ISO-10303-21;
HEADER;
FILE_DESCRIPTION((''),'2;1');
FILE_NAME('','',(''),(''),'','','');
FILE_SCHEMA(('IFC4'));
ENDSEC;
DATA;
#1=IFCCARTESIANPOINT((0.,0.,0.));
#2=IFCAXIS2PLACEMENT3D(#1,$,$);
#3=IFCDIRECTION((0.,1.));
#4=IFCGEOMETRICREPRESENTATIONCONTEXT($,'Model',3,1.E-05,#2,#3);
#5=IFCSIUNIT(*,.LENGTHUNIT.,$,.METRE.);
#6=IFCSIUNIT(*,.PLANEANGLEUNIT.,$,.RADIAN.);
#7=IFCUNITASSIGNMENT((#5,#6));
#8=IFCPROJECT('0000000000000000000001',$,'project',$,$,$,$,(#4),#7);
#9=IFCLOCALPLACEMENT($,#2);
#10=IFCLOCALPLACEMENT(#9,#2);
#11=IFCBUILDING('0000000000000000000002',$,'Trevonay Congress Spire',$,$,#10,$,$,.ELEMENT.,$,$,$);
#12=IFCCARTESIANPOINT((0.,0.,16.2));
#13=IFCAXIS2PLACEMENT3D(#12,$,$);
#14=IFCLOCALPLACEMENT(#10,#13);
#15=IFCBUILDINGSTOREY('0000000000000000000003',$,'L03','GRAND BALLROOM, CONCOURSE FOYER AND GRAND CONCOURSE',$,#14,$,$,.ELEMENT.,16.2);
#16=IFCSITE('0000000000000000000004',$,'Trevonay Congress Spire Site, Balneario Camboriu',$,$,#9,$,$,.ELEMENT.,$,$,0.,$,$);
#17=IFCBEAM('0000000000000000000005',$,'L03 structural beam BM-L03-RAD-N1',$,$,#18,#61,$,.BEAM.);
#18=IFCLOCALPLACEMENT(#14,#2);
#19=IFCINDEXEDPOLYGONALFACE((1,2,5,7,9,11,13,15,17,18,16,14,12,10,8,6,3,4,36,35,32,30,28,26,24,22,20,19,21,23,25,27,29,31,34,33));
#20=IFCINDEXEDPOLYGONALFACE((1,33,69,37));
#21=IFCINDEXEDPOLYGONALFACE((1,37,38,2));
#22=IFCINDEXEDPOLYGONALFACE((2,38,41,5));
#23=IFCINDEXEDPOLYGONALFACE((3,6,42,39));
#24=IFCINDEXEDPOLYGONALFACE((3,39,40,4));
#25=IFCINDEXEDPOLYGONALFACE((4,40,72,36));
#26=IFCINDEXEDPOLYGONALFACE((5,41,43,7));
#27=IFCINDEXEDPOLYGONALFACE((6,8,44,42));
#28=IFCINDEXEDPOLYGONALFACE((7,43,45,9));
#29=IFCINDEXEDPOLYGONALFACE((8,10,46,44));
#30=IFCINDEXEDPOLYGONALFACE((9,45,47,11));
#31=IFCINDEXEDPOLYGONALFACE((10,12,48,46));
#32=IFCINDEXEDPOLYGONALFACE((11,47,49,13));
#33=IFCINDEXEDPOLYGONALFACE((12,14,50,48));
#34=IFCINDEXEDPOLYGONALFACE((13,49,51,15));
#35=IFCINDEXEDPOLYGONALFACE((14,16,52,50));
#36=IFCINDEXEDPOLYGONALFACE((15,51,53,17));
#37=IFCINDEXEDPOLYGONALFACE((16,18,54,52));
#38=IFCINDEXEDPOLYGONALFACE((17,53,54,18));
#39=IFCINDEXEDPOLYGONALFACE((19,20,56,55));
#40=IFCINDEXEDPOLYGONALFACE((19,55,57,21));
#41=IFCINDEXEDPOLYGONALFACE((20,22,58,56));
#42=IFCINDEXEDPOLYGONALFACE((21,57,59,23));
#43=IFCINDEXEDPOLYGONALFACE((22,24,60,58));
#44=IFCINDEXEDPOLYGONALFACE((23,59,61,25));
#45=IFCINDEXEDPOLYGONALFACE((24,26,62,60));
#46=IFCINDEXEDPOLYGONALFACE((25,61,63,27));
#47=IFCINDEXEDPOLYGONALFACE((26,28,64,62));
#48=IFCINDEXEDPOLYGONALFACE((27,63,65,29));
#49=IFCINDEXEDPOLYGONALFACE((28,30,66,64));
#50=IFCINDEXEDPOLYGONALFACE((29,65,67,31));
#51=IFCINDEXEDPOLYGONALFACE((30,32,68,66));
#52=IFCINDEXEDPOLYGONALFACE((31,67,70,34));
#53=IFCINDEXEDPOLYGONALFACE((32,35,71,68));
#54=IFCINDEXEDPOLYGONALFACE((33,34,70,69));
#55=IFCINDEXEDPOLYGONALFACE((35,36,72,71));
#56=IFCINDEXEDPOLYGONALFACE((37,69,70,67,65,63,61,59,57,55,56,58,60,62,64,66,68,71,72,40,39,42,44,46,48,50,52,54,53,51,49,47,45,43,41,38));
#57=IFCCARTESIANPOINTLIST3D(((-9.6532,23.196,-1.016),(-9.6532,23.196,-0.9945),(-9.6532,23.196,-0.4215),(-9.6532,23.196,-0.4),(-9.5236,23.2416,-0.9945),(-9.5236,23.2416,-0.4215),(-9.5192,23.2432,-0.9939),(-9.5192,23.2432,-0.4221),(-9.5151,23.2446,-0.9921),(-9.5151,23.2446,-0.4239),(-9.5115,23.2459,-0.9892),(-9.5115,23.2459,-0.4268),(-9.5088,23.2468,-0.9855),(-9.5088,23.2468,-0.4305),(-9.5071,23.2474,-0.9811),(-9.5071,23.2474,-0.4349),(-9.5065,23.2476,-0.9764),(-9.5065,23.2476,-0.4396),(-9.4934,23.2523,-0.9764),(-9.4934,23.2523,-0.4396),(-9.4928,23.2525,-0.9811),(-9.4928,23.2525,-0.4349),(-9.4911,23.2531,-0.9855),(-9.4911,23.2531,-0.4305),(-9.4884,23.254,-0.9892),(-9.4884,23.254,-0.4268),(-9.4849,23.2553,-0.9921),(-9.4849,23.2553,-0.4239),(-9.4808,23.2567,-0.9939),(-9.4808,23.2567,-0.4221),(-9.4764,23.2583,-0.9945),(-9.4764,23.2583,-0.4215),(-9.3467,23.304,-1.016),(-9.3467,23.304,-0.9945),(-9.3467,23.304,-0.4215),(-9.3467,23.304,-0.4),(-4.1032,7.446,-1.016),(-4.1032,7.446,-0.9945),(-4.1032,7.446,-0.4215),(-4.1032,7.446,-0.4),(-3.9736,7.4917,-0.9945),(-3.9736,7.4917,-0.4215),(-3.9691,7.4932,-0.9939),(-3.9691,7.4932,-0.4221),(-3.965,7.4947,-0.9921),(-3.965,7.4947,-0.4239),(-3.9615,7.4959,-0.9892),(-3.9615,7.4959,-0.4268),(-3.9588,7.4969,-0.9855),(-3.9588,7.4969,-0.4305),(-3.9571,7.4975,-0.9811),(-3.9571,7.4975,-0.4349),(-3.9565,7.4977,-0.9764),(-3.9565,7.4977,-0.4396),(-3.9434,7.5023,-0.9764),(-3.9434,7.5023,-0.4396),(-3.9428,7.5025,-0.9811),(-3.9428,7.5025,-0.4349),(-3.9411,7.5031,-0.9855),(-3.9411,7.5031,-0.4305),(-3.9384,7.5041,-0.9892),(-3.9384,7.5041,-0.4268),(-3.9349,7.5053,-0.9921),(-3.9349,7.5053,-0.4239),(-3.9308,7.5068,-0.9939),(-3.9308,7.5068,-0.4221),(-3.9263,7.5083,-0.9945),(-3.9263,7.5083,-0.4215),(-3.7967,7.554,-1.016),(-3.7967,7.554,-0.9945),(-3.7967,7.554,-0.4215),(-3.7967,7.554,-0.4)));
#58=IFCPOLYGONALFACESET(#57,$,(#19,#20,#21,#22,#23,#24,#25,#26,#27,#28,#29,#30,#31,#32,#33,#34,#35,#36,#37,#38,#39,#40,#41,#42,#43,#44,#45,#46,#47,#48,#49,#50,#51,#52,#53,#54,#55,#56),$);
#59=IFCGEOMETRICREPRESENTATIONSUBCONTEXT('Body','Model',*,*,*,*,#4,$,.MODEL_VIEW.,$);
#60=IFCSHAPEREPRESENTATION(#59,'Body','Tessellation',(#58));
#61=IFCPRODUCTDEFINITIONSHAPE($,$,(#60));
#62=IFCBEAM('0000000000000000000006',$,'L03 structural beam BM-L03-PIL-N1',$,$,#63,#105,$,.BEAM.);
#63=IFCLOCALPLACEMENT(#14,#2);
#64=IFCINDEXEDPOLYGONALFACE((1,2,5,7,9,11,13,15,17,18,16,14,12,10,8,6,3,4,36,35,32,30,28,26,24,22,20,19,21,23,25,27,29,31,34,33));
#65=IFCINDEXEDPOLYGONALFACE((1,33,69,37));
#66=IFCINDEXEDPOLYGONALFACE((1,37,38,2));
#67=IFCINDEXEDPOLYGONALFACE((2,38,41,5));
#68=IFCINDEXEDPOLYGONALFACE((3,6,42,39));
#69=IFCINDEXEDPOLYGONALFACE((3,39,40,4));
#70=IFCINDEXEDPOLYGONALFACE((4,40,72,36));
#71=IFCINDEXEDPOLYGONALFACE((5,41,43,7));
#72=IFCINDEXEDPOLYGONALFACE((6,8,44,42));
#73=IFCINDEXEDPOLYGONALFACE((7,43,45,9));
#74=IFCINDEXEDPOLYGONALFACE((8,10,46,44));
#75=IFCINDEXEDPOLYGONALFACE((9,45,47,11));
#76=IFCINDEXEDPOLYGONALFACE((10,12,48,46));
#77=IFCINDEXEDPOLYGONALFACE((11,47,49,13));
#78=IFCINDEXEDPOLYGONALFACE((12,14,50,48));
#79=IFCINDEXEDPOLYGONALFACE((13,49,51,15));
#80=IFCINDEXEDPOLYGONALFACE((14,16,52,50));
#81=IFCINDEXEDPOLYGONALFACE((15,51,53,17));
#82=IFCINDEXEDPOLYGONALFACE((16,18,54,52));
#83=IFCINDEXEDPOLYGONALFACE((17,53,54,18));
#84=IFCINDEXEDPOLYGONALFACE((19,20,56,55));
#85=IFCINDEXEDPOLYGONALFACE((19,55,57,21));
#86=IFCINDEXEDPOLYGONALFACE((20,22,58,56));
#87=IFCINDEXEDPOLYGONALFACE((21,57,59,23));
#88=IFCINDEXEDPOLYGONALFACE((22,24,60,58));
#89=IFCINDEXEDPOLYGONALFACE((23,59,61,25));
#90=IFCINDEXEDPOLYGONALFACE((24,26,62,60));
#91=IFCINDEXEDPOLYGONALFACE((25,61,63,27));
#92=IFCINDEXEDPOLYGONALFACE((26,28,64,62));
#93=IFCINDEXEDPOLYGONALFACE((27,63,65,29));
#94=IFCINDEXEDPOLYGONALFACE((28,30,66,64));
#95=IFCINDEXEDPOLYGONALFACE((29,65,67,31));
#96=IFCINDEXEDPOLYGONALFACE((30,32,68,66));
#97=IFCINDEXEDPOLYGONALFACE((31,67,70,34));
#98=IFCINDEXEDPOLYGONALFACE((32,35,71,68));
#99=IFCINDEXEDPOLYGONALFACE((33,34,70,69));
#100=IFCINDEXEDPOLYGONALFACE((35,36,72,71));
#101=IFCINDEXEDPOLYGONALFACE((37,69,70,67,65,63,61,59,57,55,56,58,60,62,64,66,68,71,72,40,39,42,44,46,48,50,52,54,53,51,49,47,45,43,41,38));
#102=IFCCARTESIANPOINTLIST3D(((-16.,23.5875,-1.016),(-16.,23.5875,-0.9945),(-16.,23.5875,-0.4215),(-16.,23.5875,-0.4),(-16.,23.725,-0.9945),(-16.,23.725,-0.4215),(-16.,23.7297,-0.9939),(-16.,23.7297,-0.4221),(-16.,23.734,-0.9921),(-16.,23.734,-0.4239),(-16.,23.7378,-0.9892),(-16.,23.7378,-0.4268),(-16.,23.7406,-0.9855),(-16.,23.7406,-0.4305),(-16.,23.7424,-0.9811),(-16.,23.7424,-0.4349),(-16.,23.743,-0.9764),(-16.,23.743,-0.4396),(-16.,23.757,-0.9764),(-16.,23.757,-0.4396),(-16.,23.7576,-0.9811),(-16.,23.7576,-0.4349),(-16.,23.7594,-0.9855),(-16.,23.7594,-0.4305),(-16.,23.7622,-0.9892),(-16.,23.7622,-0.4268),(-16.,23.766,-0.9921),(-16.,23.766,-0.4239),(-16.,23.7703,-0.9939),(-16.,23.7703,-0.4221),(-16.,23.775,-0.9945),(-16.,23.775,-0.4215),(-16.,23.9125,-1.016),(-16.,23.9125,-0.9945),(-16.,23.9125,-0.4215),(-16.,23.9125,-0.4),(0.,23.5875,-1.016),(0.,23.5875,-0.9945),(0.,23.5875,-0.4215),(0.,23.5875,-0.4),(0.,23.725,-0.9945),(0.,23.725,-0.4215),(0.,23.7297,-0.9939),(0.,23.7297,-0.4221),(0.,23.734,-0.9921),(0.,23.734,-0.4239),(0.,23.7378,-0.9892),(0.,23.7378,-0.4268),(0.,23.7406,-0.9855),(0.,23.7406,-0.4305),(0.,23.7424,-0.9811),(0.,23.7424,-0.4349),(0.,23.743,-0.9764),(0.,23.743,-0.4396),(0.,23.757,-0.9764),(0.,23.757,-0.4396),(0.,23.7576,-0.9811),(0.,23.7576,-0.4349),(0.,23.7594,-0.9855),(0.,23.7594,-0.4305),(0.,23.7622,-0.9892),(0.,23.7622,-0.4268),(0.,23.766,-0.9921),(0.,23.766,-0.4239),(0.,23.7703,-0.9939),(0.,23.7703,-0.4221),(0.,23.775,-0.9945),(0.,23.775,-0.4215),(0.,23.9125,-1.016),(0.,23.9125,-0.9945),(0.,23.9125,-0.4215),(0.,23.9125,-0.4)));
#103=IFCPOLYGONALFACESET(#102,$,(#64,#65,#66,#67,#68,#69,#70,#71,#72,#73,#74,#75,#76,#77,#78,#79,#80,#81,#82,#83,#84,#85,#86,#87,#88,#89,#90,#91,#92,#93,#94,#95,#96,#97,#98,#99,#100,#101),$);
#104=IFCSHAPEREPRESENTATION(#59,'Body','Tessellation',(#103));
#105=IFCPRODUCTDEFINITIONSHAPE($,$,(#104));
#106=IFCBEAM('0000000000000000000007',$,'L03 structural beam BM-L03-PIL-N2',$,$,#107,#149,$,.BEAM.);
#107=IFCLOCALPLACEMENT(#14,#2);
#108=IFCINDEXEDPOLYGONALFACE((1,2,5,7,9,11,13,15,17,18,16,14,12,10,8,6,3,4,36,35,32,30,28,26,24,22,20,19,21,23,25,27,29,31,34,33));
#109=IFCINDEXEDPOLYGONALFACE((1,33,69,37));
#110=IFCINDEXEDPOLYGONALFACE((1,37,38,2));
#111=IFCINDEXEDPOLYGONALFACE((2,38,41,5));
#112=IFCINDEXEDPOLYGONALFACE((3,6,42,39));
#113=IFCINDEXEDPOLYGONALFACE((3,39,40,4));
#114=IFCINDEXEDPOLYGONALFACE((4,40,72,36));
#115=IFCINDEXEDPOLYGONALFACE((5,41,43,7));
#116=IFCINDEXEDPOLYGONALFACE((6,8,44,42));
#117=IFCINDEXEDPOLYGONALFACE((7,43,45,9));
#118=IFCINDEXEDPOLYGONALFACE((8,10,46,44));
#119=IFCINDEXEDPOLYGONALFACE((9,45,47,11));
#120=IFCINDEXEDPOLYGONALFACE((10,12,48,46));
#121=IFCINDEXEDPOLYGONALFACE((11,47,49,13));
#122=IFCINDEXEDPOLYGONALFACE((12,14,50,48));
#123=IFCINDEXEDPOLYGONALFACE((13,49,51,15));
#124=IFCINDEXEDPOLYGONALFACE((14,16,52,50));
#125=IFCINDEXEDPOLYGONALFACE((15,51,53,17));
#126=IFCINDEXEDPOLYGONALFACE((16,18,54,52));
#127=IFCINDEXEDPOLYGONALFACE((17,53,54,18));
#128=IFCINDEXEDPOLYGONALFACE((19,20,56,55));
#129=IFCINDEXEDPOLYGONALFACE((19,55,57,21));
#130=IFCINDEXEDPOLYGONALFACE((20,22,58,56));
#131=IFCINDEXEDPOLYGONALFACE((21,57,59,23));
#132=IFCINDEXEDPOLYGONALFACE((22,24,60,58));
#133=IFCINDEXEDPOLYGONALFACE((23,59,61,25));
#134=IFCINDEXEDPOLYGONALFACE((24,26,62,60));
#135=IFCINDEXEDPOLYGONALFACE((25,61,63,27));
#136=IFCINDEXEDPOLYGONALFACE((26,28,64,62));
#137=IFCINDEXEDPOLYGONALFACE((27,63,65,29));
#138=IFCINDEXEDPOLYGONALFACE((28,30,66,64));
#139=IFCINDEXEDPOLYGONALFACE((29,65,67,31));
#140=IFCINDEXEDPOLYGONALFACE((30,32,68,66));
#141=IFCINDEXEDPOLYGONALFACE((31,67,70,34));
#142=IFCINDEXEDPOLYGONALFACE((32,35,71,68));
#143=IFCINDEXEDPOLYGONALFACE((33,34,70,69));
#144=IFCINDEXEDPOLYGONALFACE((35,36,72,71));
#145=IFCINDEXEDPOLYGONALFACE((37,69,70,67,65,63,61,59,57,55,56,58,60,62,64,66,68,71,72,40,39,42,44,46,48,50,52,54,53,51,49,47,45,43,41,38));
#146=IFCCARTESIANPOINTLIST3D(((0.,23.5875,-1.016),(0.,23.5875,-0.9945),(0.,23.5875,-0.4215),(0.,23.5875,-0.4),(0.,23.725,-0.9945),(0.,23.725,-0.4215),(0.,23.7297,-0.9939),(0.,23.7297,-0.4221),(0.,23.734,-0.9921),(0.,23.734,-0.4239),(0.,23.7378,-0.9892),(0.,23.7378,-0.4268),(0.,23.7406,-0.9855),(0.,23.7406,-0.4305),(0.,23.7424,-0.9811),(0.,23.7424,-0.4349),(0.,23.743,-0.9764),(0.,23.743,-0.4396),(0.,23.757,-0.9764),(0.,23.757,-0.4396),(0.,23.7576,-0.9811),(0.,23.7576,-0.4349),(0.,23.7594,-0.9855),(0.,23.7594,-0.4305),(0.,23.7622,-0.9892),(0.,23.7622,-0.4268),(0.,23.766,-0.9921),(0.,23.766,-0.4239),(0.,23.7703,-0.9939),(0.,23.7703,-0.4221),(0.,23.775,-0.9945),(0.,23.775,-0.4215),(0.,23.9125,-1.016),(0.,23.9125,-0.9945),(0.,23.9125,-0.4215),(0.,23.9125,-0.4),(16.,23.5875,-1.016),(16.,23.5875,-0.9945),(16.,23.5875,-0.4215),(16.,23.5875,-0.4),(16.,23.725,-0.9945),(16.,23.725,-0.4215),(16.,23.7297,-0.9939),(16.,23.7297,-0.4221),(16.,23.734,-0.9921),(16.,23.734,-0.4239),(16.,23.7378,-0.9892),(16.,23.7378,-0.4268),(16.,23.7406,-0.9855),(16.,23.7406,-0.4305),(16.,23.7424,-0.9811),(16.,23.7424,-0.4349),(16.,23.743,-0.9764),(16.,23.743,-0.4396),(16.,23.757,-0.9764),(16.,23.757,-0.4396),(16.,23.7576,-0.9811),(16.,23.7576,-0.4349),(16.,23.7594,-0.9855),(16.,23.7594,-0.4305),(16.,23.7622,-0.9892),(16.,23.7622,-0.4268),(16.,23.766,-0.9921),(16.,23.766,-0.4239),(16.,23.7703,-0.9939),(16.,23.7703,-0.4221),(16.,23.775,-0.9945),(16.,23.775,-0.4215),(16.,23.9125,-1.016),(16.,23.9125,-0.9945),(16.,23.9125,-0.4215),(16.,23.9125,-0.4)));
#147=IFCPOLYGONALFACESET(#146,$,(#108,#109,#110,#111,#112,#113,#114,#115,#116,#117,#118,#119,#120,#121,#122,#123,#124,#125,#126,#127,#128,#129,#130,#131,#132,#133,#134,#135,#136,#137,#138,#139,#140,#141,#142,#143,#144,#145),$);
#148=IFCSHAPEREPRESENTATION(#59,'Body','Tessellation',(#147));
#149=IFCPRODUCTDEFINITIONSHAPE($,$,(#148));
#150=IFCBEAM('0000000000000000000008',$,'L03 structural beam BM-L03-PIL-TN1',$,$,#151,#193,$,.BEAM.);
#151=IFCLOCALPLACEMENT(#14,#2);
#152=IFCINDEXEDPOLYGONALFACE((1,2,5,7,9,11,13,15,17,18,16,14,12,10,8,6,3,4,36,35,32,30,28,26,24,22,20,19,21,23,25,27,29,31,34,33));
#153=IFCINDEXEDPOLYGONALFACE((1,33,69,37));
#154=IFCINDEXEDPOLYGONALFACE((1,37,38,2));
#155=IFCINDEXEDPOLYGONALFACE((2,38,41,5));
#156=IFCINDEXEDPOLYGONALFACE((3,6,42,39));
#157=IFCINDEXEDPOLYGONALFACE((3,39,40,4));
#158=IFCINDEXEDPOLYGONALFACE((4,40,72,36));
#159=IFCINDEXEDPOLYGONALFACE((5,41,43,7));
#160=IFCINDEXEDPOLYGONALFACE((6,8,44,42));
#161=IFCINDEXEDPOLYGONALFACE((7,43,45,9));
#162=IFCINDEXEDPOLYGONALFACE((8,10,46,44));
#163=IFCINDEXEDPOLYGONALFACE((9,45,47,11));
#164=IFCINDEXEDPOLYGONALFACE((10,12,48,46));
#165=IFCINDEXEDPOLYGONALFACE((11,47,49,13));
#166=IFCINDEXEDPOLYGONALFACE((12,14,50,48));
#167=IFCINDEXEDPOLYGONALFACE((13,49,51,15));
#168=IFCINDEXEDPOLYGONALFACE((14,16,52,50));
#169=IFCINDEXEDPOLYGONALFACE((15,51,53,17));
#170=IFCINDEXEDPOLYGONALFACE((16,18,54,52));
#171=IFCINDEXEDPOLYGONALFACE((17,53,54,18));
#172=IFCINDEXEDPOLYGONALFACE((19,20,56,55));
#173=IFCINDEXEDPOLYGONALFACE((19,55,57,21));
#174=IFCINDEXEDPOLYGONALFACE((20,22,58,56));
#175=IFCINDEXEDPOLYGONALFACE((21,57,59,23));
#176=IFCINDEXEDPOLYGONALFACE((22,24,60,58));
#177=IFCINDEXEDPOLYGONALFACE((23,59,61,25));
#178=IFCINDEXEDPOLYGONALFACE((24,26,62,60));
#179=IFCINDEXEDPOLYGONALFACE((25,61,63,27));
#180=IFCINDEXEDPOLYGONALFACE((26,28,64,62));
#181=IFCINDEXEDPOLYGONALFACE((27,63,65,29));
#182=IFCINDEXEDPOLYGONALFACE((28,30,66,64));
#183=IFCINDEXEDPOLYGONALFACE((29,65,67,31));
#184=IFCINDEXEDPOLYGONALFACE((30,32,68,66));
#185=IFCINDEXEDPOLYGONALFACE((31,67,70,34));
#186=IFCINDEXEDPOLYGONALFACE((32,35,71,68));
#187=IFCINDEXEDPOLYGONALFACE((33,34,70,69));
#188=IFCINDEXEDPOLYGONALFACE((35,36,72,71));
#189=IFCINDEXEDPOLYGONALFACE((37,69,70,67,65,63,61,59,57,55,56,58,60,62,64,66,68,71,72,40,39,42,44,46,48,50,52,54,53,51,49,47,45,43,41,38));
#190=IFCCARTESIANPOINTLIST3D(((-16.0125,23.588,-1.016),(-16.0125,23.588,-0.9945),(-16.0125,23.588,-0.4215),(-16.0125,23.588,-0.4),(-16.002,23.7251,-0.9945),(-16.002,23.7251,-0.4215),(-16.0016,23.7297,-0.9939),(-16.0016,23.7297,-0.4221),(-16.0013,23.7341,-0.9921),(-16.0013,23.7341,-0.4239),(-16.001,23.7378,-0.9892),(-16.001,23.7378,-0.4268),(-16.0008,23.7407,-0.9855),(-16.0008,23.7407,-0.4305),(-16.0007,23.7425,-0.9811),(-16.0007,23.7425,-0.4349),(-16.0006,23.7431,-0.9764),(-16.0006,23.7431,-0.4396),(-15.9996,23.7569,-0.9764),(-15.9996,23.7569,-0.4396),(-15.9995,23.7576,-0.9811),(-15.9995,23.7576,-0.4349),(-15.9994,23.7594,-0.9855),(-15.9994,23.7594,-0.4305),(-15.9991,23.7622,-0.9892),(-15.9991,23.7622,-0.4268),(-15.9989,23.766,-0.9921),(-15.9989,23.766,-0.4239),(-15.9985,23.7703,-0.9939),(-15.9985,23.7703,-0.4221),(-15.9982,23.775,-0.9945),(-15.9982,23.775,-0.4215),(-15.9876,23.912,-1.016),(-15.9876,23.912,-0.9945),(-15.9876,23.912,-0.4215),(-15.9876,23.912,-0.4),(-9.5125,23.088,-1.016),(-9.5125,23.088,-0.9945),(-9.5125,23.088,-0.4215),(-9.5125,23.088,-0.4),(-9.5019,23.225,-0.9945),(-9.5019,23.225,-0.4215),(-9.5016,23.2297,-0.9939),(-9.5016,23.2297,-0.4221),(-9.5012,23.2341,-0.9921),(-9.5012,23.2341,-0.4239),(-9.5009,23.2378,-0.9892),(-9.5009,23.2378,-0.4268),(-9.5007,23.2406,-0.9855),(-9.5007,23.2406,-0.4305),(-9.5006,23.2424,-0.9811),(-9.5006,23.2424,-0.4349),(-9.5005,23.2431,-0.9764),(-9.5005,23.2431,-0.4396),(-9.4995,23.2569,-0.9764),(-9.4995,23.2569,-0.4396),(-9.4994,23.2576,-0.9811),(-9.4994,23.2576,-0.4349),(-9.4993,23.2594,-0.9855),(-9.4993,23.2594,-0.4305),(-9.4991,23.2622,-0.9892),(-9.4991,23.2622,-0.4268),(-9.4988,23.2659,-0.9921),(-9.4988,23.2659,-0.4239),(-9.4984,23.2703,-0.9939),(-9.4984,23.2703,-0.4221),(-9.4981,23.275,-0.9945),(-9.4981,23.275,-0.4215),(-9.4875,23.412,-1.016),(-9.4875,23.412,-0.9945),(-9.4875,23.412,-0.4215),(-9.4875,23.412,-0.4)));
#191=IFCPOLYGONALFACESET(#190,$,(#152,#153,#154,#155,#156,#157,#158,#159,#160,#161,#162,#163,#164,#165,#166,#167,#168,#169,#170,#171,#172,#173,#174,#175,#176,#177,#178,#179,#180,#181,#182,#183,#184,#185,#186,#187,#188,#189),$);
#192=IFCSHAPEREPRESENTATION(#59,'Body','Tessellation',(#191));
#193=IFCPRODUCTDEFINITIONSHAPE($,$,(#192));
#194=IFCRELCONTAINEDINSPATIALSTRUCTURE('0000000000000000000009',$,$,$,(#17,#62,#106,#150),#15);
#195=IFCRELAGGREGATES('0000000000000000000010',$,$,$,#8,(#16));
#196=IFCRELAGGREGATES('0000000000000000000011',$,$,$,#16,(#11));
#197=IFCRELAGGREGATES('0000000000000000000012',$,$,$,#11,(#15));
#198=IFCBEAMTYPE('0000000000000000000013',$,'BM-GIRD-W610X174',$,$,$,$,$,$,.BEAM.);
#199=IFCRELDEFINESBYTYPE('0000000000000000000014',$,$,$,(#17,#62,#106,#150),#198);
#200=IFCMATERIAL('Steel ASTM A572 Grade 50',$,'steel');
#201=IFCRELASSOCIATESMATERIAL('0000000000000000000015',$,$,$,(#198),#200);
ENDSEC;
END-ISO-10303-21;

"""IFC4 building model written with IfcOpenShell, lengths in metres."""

from ifc_helpers import new_model, si_unit, direction, frame, origin, origin_2d, place, context, subcontext, project, spatial, i_section, extrude, material, material_profile, profile_set, type_object, element, save


model = new_model("IFC4")

# Units and contexts
model_context = context("Model", 3, precision=1e-05, world=origin(), true_north=direction((0.0, 1.0)))
body_context = subcontext(model_context, "Body", "Model", "MODEL_VIEW")
ifc_project = project(units=[si_unit("LENGTHUNIT", "METRE"), si_unit("PLANEANGLEUNIT", "RADIAN")], contexts=[model_context])

# Site, building, storey
site_placement = place(None, origin())
site = spatial("IfcSite", under=ifc_project, at=site_placement, Name="Trevonay Congress Spire Site, Balneario Camboriu", CompositionType="ELEMENT", RefElevation=0.0)
building_placement = place(site_placement, origin())
building = spatial("IfcBuilding", under=site, at=building_placement, Name="Trevonay Congress Spire", CompositionType="ELEMENT")
storey_placement = place(building_placement, frame((0.0, 0.0, 16.2)))
storey = spatial("IfcBuildingStorey", under=building, at=storey_placement, Name="L03", Description="GRAND BALLROOM, CONCOURSE FOYER AND GRAND CONCOURSE", CompositionType="ELEMENT", Elevation=16.2)

# Shared definitions
ifc_material_1 = material(Name="Steel ASTM A572 Grade 50", Category="steel")

# Beams
ifc_material_profile_1 = material_profile(ifc_material_1, i_section(OverallWidth=0.325, OverallDepth=0.616, WebThickness=0.0139, FlangeThickness=0.0215, FilletRadius=0.0181, at=origin_2d()), Name="W610x174")
ifc_profile_set_1 = profile_set([ifc_material_profile_1], Name="Steel ASTM A572 Grade 50")
beam_type_1 = type_object("IfcBeamType", Name="BM-GIRD-W610X174", PredefinedType="BEAM", material=ifc_profile_set_1)
beam_1_placement = place(storey_placement, frame((-3.95, 7.5, -0.708), z_axis=(-0.332353, 0.943155, 0.0), x_axis=(-0.943155, -0.332353, 0.0)))
element("IfcBeam", 1, at=beam_1_placement, inside=storey, type_object=beam_type_1, Name="L03 structural beam BM-L03-RAD-N1", PredefinedType="BEAM", context=body_context, shape_type="SweptSolid", body=[
    extrude(i_section(OverallWidth=0.325, OverallDepth=0.616, WebThickness=0.0139, FlangeThickness=0.0215, FilletRadius=0.0181, at=origin_2d()), origin(), (0.0, 0.0, 1.0), 16.6992),
])
for number, where, z_axis, x_axis, name in (
    (2, (-16.0, 23.75, -0.708), (1.0, 0.0, 0.0), (0.0, 1.0, 0.0), "L03 structural beam BM-L03-PIL-N1"),
    (3, (0.0, 23.75, -0.708), (1.0, 0.0, 0.0), (0.0, 1.0, 0.0), "L03 structural beam BM-L03-PIL-N2"),
):
    element("IfcBeam", number, at=place(storey_placement, frame(where, z_axis=z_axis, x_axis=x_axis)), inside=storey, type_object=beam_type_1, Name=name, PredefinedType="BEAM", context=body_context, shape_type="SweptSolid", body=[
        extrude(i_section(OverallWidth=0.325, OverallDepth=0.616, WebThickness=0.0139, FlangeThickness=0.0215, FilletRadius=0.0181, at=origin_2d()), origin(), (0.0, 0.0, 1.0), 16.0),
    ])
beam_2_placement = place(storey_placement, frame((-9.5, 23.25, -0.708), z_axis=(-0.997054, 0.076696, 0.0), x_axis=(-0.076696, -0.997054, 0.0)))
element("IfcBeam", 4, at=beam_2_placement, inside=storey, type_object=beam_type_1, Name="L03 structural beam BM-L03-PIL-TN1", PredefinedType="BEAM", context=body_context, shape_type="SweptSolid", body=[
    extrude(i_section(OverallWidth=0.325, OverallDepth=0.616, WebThickness=0.0139, FlangeThickness=0.0215, FilletRadius=0.0181, at=origin_2d()), origin(), (0.0, 0.0, 1.0), 6.5193),
])

save(model, "model.ifc")
